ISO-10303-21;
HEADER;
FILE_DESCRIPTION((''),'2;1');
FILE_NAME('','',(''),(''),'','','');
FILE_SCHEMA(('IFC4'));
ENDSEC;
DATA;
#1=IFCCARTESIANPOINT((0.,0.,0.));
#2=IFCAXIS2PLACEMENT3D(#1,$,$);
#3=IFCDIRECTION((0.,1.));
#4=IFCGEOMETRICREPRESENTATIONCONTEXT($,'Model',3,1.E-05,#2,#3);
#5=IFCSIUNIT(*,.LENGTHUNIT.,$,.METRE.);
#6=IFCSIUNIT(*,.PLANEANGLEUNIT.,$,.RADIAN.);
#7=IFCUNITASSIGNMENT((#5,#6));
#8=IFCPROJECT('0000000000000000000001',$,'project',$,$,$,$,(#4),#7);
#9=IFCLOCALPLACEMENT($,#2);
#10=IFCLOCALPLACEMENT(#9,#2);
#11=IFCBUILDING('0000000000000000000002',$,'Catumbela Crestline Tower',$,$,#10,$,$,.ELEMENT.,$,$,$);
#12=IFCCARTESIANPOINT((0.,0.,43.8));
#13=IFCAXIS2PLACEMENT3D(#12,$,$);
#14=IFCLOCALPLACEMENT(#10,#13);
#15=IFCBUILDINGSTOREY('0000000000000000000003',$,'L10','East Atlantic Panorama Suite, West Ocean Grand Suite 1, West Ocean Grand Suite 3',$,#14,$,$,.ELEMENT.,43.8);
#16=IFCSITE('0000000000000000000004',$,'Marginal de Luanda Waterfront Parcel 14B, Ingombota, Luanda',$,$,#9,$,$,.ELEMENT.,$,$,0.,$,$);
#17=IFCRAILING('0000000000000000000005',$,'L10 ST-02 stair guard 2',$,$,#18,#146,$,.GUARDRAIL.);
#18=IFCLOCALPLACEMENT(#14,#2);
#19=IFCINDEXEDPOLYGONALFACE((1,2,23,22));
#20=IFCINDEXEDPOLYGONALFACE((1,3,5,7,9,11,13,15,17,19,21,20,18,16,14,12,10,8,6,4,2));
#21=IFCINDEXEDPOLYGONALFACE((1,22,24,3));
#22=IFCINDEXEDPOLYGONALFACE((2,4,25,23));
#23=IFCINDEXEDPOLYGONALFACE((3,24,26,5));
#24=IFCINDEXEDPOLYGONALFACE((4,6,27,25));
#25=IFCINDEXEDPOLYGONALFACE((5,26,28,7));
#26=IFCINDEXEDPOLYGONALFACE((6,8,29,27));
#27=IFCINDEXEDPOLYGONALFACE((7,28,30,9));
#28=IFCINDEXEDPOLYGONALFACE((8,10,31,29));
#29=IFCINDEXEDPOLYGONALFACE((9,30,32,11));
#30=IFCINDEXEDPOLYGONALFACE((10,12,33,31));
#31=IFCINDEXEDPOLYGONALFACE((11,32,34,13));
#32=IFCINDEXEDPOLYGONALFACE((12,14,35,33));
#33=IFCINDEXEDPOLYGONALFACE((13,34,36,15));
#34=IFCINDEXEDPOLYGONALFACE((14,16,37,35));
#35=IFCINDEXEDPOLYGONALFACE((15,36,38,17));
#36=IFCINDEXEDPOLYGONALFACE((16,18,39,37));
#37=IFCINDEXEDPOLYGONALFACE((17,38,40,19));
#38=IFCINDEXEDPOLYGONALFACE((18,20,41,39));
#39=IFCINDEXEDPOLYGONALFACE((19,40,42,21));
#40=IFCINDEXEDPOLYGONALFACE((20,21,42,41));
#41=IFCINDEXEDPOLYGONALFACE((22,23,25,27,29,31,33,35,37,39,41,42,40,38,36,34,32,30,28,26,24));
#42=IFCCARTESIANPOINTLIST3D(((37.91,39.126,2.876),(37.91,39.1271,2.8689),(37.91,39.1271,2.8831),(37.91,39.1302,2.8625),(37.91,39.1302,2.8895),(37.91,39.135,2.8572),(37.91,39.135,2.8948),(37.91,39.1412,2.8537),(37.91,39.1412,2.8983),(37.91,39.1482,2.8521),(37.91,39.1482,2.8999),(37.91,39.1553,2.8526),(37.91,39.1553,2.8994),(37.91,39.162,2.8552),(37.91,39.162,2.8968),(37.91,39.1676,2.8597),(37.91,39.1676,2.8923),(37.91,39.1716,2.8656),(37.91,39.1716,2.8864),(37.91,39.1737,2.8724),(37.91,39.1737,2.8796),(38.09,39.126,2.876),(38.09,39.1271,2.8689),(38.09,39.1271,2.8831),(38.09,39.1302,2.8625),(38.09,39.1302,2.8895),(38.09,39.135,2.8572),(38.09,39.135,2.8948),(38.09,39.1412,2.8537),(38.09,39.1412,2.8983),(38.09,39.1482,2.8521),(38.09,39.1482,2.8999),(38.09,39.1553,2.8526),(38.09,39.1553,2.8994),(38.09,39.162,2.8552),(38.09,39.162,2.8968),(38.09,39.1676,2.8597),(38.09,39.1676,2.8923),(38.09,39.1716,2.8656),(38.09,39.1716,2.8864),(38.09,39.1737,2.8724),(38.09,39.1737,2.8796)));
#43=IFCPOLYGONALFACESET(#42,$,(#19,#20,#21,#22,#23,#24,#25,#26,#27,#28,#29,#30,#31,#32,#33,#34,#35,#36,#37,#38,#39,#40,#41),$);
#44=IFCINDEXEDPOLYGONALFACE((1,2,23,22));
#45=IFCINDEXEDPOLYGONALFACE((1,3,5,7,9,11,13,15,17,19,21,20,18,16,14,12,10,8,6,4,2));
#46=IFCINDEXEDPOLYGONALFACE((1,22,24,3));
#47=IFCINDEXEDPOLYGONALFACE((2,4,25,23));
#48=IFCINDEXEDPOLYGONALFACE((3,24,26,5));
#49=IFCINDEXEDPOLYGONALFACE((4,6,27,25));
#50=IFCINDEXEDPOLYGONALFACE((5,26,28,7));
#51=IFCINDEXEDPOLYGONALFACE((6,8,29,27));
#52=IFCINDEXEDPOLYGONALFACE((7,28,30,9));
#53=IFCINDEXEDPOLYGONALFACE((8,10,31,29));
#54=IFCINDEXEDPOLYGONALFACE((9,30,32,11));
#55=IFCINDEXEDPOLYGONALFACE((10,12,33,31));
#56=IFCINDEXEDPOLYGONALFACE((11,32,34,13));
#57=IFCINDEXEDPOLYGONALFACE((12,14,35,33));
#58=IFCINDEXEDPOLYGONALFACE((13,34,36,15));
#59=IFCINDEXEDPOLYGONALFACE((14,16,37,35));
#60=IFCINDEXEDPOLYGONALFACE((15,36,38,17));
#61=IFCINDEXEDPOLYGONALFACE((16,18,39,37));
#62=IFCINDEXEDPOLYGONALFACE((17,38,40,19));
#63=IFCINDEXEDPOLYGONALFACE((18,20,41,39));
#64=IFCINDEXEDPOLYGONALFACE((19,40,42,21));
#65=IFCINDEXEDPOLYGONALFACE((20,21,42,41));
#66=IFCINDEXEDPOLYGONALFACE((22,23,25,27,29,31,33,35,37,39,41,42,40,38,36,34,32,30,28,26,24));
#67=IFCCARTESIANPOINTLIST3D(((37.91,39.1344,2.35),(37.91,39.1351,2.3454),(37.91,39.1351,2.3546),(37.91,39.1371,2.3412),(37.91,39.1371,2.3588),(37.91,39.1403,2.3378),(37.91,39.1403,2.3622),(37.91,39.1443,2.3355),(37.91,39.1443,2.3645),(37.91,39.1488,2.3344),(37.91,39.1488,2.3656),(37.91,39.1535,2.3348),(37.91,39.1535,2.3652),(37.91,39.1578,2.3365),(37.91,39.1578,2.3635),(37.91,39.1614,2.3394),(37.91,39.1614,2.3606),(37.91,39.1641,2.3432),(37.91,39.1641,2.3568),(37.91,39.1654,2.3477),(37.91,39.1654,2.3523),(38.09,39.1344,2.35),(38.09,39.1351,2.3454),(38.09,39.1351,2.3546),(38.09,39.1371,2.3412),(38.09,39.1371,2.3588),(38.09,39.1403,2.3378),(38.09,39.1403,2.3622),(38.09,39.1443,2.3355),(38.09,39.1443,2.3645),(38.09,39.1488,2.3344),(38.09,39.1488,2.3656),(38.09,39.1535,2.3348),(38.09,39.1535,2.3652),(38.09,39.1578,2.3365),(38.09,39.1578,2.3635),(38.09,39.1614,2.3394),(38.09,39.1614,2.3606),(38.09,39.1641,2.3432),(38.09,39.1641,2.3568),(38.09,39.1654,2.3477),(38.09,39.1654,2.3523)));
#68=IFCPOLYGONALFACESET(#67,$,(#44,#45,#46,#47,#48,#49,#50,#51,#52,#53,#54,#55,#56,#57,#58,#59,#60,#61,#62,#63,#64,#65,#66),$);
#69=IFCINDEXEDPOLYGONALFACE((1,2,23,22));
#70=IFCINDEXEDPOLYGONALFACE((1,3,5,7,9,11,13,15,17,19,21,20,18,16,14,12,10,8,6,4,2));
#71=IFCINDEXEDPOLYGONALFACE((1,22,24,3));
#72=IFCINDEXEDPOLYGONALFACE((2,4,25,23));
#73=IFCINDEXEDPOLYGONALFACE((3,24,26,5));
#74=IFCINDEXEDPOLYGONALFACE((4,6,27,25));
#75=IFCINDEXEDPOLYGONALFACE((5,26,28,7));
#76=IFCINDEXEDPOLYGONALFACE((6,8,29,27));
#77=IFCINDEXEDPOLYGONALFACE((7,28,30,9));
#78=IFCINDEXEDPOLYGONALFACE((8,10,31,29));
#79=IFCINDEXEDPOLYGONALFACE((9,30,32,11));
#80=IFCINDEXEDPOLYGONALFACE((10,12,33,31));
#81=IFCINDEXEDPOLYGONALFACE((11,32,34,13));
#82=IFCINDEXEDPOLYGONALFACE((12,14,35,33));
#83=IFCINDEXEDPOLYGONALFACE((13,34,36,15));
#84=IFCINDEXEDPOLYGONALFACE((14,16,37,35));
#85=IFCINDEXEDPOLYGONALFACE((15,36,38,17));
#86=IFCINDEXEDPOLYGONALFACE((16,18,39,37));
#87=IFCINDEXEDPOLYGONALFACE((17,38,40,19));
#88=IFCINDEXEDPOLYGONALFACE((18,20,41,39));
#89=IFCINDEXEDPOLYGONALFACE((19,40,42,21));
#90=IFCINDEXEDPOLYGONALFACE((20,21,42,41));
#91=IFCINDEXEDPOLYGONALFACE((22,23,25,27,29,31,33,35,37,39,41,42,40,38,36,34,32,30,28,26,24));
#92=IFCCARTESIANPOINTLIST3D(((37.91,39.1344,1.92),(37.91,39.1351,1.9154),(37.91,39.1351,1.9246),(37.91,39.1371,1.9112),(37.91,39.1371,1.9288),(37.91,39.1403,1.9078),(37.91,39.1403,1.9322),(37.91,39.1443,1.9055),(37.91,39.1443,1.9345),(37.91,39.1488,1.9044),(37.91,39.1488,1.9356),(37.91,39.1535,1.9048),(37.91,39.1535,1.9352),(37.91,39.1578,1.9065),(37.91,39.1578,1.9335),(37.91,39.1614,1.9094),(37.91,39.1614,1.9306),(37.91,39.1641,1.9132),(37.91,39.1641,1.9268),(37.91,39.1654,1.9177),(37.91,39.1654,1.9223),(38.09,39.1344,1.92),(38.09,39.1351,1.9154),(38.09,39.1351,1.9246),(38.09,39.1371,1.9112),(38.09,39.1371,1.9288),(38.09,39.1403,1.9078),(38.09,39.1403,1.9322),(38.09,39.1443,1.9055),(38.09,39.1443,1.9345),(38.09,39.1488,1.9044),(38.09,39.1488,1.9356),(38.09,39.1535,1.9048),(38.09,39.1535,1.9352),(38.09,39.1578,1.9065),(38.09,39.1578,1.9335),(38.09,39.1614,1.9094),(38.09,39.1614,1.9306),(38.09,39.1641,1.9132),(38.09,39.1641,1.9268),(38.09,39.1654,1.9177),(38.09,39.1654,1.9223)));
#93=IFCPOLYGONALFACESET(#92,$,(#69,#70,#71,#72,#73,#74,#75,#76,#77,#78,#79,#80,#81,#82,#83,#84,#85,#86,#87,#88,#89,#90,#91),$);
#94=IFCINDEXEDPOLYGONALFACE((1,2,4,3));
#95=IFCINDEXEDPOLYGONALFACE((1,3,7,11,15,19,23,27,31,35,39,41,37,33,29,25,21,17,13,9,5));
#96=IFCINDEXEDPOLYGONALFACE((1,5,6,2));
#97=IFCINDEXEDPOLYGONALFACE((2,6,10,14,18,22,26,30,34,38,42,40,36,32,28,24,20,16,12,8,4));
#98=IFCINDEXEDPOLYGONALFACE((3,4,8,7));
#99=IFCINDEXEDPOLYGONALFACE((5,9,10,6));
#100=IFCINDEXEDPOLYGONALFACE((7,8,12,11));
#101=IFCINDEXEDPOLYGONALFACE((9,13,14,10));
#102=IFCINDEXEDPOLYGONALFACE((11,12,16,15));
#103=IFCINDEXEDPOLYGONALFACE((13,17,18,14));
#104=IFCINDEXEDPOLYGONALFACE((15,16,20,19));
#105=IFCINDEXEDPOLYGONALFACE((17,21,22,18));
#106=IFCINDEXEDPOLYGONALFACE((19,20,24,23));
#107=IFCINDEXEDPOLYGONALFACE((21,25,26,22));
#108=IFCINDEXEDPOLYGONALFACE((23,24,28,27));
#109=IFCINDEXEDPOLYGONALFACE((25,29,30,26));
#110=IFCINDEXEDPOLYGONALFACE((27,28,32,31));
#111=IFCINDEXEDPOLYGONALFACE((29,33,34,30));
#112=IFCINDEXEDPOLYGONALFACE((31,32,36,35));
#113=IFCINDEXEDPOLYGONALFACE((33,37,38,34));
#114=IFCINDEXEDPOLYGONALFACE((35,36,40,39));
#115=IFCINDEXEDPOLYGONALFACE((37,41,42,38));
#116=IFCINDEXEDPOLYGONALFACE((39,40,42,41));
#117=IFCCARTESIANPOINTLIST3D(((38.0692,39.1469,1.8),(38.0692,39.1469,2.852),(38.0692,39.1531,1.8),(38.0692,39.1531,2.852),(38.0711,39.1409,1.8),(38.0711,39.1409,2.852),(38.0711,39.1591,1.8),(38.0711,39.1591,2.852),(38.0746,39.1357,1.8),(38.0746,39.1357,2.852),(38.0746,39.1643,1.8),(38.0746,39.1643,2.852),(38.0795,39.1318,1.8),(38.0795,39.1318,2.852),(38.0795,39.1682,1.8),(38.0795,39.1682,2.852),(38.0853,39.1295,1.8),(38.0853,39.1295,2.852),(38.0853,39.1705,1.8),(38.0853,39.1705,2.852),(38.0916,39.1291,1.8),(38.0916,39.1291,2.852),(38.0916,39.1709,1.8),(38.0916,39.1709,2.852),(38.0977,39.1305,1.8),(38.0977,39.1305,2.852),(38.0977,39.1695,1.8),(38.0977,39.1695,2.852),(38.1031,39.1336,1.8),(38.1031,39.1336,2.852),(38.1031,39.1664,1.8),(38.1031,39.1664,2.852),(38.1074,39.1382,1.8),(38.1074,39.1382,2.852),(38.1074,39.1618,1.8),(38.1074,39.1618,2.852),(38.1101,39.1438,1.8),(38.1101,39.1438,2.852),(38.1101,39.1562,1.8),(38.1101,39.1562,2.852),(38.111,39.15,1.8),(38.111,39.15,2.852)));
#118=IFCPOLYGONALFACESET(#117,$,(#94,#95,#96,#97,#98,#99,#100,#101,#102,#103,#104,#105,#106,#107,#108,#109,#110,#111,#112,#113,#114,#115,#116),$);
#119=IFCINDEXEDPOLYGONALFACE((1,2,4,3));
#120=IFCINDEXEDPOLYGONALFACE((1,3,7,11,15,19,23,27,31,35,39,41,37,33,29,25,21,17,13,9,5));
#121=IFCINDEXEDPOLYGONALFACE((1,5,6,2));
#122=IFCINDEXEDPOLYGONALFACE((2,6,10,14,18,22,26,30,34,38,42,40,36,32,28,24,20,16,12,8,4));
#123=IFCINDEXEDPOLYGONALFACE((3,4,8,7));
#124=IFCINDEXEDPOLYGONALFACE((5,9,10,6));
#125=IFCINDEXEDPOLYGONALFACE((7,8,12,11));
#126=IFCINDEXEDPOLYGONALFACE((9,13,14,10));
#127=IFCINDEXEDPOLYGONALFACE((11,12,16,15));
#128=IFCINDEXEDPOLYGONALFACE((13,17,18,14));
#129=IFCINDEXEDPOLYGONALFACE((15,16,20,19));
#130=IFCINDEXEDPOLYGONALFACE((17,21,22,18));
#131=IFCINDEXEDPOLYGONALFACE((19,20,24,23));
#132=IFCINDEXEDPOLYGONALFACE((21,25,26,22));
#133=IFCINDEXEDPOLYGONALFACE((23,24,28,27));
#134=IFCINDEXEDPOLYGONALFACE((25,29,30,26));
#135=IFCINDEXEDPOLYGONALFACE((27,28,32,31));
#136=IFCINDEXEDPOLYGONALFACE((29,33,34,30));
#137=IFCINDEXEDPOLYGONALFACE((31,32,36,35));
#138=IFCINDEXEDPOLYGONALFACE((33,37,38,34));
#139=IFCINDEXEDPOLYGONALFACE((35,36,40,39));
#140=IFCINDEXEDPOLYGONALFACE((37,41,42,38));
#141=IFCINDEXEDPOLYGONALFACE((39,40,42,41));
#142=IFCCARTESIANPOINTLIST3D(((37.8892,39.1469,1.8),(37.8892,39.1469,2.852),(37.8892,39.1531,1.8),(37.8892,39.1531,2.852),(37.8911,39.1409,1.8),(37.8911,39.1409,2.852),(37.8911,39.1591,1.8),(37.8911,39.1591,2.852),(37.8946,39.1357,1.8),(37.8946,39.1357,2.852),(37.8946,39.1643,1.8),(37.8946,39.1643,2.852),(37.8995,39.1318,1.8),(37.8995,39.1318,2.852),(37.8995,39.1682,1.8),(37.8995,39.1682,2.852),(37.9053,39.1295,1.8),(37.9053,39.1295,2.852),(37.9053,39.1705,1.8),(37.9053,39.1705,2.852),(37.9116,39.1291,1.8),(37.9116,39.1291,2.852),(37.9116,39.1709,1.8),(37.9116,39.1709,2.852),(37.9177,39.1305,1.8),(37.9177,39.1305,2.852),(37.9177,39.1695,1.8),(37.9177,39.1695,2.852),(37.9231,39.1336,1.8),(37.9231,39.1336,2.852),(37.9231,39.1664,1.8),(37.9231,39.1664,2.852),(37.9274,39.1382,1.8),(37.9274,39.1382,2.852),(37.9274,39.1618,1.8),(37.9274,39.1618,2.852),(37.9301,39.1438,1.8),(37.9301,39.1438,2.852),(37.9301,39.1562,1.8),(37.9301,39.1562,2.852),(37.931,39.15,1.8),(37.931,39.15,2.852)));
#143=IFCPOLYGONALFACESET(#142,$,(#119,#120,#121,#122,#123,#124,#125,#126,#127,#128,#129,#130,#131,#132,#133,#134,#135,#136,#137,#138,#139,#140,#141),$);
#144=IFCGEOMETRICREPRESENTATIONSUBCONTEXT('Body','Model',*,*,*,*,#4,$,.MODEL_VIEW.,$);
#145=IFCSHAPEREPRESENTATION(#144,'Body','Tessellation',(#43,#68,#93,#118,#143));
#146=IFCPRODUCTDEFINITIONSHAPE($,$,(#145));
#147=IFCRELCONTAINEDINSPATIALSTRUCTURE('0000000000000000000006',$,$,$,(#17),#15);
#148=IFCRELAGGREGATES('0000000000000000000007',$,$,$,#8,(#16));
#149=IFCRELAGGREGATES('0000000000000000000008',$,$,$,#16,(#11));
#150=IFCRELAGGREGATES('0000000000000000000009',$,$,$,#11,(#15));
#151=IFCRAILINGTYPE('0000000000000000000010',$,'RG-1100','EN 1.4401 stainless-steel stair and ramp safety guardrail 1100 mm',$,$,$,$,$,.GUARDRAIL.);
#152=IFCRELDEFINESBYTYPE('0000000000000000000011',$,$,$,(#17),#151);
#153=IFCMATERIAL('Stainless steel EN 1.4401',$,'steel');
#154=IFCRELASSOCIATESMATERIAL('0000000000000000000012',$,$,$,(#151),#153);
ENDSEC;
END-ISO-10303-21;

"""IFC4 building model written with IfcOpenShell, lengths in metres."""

from ifc_helpers import new_model, si_unit, direction, frame, origin, origin_2d, place, context, subcontext, project, spatial, circle, extrude, material, type_object, element, save


model = new_model("IFC4")

# Units and contexts
model_context = context("Model", 3, precision=1e-05, world=origin(), true_north=direction((0.0, 1.0)))
body_context = subcontext(model_context, "Body", "Model", "MODEL_VIEW")
ifc_project = project(units=[si_unit("LENGTHUNIT", "METRE"), si_unit("PLANEANGLEUNIT", "RADIAN")], contexts=[model_context])

# Site, building, storey
site_placement = place(None, origin())
site = spatial("IfcSite", under=ifc_project, at=site_placement, Name="Marginal de Luanda Waterfront Parcel 14B, Ingombota, Luanda", CompositionType="ELEMENT", RefElevation=0.0)
building_placement = place(site_placement, origin())
building = spatial("IfcBuilding", under=site, at=building_placement, Name="Catumbela Crestline Tower", CompositionType="ELEMENT")
storey_placement = place(building_placement, frame((0.0, 0.0, 43.8)))
storey = spatial("IfcBuildingStorey", under=building, at=storey_placement, Name="L10", Description="East Atlantic Panorama Suite, West Ocean Grand Suite 1, West Ocean Grand Suite 3", CompositionType="ELEMENT", Elevation=43.8)

# Shared definitions
ifc_material_1 = material(Name="Stainless steel EN 1.4401", Category="steel")

# Railing
railing_type_1 = type_object("IfcRailingType", Name="RG-1100", Description="EN 1.4401 stainless-steel stair and ramp safety guardrail 1100 mm", PredefinedType="GUARDRAIL", material=ifc_material_1)
railing_1_placement = place(storey_placement, frame((38.09, 39.15, 1.8)))
element("IfcRailing", 1, at=railing_1_placement, inside=storey, type_object=railing_type_1, Name="L10 ST-02 stair guard 2", PredefinedType="GUARDRAIL", context=body_context, shape_type="SweptSolid", body=[
    extrude(circle(Radius=0.024, at=origin_2d()), frame((0.0, 0.0, 1.076), z_axis=(-1.0, 0.0, 0.0), x_axis=(0.0, -1.0, 0.0)), (0.0, 0.0, 1.0), 0.18),
    extrude(circle(Radius=0.0156, at=origin_2d()), frame((0.0, 0.0, 0.55), z_axis=(-1.0, 0.0, 0.0), x_axis=(0.0, -1.0, 0.0)), (0.0, 0.0, 1.0), 0.18),
    extrude(circle(Radius=0.0156, at=origin_2d()), frame((0.0, 0.0, 0.12), z_axis=(-1.0, 0.0, 0.0), x_axis=(0.0, -1.0, 0.0)), (0.0, 0.0, 1.0), 0.18),
    extrude(circle(Radius=0.021, at=origin_2d()), origin(), (0.0, 0.0, 1.0), 1.052),
    extrude(circle(Radius=0.021, at=origin_2d()), frame((-0.18, 0.0, 0.0)), (0.0, 0.0, 1.0), 1.052),
])

save(model, "model.ifc")
